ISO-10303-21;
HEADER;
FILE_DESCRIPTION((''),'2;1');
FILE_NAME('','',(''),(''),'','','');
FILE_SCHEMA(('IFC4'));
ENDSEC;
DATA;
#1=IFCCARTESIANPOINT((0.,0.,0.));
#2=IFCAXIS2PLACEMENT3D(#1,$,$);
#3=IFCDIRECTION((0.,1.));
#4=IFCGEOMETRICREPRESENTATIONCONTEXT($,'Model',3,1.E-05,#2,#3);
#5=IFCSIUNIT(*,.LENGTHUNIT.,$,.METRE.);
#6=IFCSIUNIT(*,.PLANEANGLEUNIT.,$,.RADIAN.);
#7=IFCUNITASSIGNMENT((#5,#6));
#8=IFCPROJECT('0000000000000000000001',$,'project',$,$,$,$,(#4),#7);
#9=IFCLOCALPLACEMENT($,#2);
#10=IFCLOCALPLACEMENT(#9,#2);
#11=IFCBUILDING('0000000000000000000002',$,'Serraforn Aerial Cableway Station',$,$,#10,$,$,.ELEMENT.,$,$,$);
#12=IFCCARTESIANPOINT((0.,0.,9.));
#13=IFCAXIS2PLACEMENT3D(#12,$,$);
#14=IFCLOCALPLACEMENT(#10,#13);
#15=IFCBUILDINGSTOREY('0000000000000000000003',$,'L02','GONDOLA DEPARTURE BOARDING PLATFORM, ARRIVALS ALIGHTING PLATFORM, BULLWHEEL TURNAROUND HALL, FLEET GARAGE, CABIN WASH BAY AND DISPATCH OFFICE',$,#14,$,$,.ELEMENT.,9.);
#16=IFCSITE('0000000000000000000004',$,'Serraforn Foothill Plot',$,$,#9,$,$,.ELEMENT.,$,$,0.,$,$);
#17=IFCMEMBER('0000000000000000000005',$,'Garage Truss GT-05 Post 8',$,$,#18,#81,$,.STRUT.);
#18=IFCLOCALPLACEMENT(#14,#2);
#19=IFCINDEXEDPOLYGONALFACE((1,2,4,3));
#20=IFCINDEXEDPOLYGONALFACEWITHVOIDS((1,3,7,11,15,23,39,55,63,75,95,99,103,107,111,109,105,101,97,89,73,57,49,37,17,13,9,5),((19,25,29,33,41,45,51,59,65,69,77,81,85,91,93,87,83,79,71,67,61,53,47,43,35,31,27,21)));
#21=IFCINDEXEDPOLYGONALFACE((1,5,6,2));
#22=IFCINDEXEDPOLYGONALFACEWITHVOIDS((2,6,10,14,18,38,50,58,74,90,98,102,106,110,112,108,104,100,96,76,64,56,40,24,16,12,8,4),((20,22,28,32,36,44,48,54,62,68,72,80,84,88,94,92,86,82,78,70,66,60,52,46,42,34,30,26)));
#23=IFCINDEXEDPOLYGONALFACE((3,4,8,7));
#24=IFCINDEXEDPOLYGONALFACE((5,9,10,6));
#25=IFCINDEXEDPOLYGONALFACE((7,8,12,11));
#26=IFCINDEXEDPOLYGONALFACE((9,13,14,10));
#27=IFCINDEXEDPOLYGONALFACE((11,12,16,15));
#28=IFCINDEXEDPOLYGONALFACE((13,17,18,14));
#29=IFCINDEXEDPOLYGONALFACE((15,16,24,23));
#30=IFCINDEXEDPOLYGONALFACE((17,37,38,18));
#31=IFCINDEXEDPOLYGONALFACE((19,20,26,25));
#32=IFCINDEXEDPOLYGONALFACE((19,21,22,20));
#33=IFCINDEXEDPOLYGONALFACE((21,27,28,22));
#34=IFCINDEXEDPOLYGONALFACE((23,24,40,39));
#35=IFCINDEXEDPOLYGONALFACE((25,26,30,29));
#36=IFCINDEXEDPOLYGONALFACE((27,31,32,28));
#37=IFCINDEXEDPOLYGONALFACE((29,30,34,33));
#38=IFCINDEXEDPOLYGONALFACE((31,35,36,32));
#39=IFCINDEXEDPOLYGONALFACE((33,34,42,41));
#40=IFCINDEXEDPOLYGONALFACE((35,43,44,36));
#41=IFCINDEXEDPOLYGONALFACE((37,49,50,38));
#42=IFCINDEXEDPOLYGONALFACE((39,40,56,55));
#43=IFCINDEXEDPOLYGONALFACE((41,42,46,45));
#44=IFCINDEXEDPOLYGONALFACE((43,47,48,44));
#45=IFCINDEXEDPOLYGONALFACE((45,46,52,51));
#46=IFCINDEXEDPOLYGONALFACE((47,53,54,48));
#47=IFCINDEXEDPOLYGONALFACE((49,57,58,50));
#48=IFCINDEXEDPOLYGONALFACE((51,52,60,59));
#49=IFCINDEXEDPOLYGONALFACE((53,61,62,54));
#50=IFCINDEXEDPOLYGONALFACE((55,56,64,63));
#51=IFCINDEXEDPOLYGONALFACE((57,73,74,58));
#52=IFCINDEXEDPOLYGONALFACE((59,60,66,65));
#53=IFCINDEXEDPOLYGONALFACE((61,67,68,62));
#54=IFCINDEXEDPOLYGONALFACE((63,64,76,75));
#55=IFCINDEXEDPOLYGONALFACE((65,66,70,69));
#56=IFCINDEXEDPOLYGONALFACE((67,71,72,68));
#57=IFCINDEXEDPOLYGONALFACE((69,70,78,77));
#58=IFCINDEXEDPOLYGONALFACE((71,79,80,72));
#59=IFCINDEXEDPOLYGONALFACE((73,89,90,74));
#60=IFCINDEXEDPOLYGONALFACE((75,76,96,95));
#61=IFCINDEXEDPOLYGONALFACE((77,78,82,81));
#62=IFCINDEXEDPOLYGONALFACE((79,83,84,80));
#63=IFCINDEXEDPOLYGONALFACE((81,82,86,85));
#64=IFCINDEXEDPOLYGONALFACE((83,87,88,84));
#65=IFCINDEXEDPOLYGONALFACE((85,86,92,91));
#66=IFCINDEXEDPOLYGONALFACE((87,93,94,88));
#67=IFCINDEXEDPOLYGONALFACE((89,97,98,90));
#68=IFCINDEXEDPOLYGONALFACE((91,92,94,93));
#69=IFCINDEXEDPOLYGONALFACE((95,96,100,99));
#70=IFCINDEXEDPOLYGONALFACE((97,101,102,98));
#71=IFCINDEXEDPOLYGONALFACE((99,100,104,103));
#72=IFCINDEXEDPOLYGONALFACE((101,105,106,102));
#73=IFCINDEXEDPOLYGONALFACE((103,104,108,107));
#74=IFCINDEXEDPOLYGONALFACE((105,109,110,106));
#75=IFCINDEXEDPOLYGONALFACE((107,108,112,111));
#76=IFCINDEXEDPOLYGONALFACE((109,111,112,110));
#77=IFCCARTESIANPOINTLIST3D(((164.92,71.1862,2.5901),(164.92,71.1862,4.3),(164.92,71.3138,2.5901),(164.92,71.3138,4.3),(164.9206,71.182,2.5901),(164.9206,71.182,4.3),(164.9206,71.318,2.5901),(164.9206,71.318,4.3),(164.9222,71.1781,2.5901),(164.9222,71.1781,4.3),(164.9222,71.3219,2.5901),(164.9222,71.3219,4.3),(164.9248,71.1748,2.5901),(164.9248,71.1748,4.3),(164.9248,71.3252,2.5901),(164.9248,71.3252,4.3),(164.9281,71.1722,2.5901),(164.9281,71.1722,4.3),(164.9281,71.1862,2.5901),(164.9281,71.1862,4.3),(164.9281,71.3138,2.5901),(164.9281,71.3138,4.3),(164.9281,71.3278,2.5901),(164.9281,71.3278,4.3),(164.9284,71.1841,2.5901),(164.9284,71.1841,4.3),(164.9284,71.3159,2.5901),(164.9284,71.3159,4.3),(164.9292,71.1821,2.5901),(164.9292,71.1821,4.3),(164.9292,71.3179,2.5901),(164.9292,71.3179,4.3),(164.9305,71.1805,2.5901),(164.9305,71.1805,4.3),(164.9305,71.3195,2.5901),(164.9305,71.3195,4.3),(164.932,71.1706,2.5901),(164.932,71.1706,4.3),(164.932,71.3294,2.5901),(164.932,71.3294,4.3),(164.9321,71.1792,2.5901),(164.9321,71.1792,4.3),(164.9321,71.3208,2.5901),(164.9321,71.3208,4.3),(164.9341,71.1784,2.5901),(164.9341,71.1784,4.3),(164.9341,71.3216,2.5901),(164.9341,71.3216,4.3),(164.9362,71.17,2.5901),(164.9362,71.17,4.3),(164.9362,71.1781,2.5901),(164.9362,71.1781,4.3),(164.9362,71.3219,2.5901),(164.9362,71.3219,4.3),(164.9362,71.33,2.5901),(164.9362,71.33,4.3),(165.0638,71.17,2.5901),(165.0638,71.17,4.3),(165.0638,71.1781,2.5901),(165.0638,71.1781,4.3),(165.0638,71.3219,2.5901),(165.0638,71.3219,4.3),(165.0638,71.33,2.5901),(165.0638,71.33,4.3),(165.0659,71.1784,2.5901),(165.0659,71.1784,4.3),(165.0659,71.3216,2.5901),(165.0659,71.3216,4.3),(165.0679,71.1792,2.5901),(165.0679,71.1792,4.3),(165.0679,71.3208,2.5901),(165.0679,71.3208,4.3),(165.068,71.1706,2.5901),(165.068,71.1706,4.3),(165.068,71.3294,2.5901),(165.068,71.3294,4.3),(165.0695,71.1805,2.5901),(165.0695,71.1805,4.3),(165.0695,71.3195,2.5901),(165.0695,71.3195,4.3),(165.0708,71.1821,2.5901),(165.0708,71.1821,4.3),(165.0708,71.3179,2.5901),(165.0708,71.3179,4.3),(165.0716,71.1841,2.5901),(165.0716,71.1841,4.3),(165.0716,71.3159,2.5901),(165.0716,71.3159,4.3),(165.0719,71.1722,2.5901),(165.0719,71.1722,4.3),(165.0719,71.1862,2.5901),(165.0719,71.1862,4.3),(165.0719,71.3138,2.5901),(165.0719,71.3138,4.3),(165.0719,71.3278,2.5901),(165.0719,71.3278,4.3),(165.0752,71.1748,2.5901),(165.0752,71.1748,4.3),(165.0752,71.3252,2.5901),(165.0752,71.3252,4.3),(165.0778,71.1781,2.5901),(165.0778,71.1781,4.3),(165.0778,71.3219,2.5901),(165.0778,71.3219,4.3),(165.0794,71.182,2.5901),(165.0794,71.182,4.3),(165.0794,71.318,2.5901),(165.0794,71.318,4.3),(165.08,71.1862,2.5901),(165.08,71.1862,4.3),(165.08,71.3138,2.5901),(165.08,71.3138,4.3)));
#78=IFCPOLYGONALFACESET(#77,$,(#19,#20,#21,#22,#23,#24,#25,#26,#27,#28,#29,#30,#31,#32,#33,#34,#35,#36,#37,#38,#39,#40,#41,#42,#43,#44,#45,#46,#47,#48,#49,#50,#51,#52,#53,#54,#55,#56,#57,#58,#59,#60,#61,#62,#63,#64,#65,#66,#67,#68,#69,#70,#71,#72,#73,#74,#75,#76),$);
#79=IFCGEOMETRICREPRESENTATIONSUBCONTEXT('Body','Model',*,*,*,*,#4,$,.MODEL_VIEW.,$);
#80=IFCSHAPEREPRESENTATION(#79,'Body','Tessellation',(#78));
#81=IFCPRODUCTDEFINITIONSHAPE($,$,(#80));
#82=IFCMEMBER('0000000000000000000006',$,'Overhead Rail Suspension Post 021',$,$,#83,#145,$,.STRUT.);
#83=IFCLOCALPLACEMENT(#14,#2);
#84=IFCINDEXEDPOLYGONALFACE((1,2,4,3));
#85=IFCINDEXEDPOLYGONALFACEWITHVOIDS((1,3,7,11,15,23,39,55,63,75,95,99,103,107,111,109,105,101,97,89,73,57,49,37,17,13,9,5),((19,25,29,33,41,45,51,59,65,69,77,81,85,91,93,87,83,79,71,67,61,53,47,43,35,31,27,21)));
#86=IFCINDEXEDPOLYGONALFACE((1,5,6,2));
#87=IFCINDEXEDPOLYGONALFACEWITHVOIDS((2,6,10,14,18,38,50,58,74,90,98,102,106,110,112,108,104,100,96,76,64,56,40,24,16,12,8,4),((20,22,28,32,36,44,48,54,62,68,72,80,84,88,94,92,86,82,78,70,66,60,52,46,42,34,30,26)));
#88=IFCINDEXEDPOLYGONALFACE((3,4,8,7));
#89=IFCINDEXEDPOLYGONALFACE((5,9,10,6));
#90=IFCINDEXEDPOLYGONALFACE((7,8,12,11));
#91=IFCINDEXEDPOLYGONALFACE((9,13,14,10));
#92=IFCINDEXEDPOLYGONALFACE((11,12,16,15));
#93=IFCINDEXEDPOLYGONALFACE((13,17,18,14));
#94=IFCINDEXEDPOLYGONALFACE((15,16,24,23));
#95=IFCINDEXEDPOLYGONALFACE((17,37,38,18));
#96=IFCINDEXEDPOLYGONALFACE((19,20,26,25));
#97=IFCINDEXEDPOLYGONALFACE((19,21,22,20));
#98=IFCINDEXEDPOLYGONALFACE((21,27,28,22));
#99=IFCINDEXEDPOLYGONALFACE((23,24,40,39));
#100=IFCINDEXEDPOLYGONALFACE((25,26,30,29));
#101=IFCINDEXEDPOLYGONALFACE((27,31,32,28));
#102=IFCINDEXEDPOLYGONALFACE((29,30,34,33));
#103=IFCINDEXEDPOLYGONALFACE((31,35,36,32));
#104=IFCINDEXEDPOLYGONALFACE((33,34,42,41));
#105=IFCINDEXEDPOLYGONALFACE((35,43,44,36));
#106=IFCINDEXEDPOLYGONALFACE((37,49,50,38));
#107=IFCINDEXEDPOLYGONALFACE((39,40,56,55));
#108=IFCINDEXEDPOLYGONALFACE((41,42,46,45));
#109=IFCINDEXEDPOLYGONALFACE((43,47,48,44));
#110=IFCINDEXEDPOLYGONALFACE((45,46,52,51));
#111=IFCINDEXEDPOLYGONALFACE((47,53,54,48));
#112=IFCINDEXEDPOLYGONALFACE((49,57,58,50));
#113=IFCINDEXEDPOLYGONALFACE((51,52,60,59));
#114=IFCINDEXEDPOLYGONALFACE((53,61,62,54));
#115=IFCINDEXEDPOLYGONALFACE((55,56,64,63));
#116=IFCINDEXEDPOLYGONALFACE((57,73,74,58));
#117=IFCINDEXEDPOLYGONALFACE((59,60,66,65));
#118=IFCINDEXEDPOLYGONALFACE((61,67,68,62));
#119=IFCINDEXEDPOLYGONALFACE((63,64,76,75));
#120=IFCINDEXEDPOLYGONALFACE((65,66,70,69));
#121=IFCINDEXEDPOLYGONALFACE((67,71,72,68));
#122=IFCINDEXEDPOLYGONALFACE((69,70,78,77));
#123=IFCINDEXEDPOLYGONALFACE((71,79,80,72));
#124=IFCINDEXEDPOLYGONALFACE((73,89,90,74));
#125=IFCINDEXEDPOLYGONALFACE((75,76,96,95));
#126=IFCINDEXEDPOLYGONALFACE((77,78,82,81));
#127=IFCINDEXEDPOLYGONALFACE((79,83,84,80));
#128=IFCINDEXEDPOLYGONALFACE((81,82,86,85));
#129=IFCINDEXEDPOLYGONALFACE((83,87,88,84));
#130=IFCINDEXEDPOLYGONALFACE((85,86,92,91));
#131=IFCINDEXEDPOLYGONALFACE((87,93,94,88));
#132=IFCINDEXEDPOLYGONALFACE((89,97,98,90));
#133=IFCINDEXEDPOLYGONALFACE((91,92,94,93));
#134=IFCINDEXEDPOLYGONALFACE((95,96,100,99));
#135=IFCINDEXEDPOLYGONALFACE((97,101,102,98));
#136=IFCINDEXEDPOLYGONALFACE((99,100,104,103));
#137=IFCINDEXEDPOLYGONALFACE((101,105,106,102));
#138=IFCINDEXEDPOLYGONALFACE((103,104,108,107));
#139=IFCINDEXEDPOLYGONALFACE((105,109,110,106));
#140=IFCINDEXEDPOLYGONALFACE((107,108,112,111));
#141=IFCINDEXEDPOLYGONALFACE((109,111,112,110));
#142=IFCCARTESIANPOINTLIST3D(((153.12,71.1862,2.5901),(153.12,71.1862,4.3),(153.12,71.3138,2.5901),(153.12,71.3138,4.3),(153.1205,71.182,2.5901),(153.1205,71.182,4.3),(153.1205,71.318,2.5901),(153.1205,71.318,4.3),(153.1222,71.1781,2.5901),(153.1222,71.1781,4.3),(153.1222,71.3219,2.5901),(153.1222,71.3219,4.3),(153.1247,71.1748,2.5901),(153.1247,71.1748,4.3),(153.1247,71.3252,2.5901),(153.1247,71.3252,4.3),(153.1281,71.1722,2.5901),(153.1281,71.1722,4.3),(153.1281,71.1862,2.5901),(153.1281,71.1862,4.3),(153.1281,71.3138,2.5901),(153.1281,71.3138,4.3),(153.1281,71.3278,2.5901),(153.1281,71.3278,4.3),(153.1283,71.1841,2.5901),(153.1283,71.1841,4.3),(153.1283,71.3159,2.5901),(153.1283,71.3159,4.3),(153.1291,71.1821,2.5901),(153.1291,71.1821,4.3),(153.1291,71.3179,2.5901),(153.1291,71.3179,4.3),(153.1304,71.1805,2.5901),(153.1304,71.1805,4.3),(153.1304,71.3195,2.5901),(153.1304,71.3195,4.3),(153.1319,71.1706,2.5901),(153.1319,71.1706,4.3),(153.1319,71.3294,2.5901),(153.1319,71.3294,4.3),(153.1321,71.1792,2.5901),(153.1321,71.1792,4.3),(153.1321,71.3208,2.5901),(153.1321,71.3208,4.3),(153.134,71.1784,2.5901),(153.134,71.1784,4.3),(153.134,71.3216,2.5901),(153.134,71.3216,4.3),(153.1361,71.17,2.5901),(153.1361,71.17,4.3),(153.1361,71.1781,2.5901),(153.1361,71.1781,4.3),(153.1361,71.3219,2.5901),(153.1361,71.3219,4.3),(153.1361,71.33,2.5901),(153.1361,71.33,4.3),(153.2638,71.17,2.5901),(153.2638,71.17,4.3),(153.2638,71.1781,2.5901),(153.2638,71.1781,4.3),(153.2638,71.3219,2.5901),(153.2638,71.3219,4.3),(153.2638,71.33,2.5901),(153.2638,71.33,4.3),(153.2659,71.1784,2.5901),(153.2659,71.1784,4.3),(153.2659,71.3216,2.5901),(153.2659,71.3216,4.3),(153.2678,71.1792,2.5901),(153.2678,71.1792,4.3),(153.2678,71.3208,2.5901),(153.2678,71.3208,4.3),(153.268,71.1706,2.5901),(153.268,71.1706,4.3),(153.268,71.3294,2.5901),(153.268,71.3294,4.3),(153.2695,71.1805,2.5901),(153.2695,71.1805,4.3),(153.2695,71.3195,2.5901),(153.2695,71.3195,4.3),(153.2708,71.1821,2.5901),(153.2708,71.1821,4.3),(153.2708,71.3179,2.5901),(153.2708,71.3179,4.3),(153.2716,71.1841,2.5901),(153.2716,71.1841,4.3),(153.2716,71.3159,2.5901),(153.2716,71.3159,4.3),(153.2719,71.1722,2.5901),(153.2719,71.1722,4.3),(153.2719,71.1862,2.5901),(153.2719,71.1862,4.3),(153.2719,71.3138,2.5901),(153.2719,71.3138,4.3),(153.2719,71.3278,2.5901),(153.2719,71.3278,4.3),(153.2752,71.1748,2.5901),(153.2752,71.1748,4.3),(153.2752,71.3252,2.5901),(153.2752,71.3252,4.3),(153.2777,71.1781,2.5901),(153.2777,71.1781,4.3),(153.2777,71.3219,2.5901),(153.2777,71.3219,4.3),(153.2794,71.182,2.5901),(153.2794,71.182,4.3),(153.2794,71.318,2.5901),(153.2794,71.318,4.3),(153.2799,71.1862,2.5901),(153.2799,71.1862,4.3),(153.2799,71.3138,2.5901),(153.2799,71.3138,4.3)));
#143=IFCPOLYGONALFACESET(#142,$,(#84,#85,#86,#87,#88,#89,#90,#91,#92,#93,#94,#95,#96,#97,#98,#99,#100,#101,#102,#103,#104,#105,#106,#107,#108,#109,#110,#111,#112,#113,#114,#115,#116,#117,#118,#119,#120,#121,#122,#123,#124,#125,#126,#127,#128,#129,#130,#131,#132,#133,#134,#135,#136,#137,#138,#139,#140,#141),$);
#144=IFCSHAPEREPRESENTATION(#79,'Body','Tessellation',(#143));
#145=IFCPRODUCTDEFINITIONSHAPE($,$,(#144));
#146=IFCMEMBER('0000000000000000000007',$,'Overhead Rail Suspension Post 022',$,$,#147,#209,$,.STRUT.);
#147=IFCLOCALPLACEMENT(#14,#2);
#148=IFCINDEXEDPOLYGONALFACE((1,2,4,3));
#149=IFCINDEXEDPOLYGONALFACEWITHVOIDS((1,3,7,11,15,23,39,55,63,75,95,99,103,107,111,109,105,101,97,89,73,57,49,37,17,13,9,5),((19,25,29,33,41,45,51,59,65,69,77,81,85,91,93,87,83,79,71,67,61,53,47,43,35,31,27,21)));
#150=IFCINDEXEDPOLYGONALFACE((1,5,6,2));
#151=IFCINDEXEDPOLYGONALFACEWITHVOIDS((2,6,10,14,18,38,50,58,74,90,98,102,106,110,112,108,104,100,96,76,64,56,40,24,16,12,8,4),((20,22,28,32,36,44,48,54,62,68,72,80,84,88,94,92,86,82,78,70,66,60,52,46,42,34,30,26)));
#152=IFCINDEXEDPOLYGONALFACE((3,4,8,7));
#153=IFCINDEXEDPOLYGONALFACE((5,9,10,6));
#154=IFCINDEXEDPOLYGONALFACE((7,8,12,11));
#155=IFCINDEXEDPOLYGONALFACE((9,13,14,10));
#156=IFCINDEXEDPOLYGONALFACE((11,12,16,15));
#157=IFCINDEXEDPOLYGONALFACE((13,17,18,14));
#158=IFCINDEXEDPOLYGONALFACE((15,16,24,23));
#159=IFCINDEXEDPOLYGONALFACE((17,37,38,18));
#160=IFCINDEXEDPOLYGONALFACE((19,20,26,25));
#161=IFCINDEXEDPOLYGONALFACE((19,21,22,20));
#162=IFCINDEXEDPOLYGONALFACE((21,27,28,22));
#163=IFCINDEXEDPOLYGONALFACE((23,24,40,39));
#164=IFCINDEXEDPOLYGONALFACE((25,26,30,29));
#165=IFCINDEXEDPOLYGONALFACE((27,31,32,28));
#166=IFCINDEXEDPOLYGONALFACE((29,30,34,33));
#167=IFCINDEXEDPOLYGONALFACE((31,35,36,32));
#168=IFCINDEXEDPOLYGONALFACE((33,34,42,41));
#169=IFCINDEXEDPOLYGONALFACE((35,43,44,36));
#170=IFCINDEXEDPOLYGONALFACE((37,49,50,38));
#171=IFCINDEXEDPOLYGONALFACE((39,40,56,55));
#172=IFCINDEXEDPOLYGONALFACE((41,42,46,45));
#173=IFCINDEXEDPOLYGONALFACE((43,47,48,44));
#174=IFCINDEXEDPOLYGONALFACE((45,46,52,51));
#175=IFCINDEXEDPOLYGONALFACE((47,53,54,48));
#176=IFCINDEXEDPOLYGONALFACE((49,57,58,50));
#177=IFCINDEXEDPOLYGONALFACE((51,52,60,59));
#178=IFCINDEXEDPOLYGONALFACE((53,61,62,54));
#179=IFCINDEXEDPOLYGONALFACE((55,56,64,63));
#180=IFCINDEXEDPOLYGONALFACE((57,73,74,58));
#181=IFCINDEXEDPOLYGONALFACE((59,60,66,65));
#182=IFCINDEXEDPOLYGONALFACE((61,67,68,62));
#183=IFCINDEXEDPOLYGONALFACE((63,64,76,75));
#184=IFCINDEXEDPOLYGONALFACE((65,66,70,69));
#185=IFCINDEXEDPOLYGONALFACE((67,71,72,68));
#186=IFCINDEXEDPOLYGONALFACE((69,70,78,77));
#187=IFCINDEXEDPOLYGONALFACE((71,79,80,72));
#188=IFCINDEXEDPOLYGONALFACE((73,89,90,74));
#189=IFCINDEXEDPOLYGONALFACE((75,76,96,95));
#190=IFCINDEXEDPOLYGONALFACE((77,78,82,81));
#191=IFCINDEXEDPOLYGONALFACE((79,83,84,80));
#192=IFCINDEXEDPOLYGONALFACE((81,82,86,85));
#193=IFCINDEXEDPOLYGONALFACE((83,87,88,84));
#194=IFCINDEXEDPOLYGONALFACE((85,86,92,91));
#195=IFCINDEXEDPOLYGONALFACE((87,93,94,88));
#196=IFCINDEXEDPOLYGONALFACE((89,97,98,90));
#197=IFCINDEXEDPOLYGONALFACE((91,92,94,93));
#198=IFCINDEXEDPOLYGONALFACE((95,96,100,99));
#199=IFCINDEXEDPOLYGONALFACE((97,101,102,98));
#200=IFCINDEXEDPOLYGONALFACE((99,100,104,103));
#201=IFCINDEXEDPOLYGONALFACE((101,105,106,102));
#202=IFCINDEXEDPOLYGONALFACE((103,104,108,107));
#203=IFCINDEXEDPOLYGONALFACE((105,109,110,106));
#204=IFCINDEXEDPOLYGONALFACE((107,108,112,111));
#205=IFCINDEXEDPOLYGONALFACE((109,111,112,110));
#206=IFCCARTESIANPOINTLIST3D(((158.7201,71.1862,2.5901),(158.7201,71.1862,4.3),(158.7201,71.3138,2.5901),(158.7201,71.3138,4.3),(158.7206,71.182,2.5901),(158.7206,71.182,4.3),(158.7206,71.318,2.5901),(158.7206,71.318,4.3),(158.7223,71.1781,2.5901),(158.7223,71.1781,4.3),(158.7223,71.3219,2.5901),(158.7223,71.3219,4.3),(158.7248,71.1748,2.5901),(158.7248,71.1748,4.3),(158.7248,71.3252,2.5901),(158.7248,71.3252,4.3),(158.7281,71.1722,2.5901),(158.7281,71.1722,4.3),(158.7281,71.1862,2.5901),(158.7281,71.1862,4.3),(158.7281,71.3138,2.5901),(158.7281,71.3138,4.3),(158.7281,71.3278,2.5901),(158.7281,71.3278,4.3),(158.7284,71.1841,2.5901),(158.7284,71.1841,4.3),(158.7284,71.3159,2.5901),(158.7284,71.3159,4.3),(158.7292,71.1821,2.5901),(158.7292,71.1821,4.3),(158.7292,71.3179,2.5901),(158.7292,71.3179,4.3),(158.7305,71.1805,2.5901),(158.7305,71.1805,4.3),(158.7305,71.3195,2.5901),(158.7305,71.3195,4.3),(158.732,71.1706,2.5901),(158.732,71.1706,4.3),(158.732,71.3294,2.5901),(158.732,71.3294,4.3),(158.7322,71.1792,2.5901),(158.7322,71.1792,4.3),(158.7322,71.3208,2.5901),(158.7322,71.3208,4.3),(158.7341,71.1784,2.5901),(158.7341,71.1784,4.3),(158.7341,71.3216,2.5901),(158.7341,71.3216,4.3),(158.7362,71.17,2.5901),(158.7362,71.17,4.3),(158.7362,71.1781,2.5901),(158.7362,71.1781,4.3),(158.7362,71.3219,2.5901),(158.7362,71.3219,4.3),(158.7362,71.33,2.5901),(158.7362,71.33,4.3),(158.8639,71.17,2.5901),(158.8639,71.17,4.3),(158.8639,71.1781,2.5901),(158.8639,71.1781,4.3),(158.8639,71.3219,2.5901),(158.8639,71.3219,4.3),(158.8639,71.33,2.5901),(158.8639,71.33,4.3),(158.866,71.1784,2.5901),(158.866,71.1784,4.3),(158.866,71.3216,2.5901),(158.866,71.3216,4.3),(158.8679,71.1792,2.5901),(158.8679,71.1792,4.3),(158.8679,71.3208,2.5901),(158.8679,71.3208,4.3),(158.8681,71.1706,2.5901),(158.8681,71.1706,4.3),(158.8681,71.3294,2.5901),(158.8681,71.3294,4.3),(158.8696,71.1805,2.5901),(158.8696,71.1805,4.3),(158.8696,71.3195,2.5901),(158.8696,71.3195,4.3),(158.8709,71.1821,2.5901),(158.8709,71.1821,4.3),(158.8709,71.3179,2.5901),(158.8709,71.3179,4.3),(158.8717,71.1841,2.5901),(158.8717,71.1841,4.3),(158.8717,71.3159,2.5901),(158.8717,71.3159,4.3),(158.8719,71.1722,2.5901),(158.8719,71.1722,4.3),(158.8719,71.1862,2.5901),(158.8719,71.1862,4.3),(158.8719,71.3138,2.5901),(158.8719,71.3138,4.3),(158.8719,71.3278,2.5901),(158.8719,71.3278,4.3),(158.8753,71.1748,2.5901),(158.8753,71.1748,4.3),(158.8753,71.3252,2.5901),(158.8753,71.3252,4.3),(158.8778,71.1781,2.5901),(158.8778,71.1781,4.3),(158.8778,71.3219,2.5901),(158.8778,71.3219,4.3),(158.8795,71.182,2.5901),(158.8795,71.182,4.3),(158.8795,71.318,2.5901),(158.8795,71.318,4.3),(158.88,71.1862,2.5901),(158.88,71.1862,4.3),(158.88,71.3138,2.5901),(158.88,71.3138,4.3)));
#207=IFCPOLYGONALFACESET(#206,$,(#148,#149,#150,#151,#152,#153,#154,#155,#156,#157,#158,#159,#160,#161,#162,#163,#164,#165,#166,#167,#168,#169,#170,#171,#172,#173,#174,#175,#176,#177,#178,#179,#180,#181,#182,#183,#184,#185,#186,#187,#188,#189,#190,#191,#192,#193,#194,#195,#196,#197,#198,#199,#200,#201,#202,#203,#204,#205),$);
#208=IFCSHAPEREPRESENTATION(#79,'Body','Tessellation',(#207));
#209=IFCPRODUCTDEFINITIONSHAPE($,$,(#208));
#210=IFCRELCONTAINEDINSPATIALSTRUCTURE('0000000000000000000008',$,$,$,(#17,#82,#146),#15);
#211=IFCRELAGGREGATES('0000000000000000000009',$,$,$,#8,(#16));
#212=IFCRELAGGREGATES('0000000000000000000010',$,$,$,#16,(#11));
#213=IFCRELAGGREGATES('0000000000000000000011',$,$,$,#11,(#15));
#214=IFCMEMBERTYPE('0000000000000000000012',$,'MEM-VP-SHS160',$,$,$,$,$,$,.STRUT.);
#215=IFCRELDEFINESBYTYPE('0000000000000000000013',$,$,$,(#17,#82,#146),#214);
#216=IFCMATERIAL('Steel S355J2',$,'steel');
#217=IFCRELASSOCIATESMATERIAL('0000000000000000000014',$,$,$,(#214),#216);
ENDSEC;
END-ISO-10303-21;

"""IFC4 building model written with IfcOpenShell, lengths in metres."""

from ifc_helpers import new_model, si_unit, direction, frame, origin, origin_2d, place, context, subcontext, project, spatial, hollow_rectangle, extrude, material, material_profile, profile_set, type_object, element, save


model = new_model("IFC4")

# Units and contexts
model_context = context("Model", 3, precision=1e-05, world=origin(), true_north=direction((0.0, 1.0)))
body_context = subcontext(model_context, "Body", "Model", "MODEL_VIEW")
ifc_project = project(units=[si_unit("LENGTHUNIT", "METRE"), si_unit("PLANEANGLEUNIT", "RADIAN")], contexts=[model_context])

# Site, building, storey
site_placement = place(None, origin())
site = spatial("IfcSite", under=ifc_project, at=site_placement, Name="Serraforn Foothill Plot", CompositionType="ELEMENT", RefElevation=0.0)
building_placement = place(site_placement, origin())
building = spatial("IfcBuilding", under=site, at=building_placement, Name="Serraforn Aerial Cableway Station", CompositionType="ELEMENT")
storey_placement = place(building_placement, frame((0.0, 0.0, 9.0)))
storey = spatial("IfcBuildingStorey", under=building, at=storey_placement, Name="L02", Description="GONDOLA DEPARTURE BOARDING PLATFORM, ARRIVALS ALIGHTING PLATFORM, BULLWHEEL TURNAROUND HALL, FLEET GARAGE, CABIN WASH BAY AND DISPATCH OFFICE", CompositionType="ELEMENT", Elevation=9.0)

# Members
ifc_material_1 = material(Name="Steel S355J2", Category="steel")
ifc_material_profile_1 = material_profile(ifc_material_1, hollow_rectangle(XDim=0.1599, YDim=0.1599, WallThickness=0.0081, InnerFilletRadius=0.0081, OuterFilletRadius=0.0161, at=origin_2d()), Name="SHS 160x160x8.0")
ifc_profile_set_1 = profile_set([ifc_material_profile_1], Name="Steel S355J2")
member_type_1 = type_object("IfcMemberType", Name="MEM-VP-SHS160", PredefinedType="STRUT", material=ifc_profile_set_1)
for number, where, z_axis, x_axis, name in (
    (1, (165.0, 71.25, 2.5901), (0.0, 0.0, 1.0), (1.0, 0.0, 0.0), "Garage Truss GT-05 Post 8"),
    (2, (153.2, 71.25, 2.5901), (0.0, 0.0, 1.0), (1.0, 0.0, 0.0), "Overhead Rail Suspension Post 021"),
    (3, (158.8, 71.25, 2.5901), (0.0, 0.0, 1.0), (1.0, 0.0, 0.0), "Overhead Rail Suspension Post 022"),
):
    element("IfcMember", number, at=place(storey_placement, frame(where, z_axis=z_axis, x_axis=x_axis)), inside=storey, type_object=member_type_1, Name=name, PredefinedType="STRUT", context=body_context, shape_type="SweptSolid", body=[
        extrude(hollow_rectangle(XDim=0.1599, YDim=0.1599, WallThickness=0.0081, InnerFilletRadius=0.0081, OuterFilletRadius=0.0161, at=origin_2d()), origin(), (0.0, 0.0, 1.0), 1.71),
    ])

save(model, "model.ifc")
